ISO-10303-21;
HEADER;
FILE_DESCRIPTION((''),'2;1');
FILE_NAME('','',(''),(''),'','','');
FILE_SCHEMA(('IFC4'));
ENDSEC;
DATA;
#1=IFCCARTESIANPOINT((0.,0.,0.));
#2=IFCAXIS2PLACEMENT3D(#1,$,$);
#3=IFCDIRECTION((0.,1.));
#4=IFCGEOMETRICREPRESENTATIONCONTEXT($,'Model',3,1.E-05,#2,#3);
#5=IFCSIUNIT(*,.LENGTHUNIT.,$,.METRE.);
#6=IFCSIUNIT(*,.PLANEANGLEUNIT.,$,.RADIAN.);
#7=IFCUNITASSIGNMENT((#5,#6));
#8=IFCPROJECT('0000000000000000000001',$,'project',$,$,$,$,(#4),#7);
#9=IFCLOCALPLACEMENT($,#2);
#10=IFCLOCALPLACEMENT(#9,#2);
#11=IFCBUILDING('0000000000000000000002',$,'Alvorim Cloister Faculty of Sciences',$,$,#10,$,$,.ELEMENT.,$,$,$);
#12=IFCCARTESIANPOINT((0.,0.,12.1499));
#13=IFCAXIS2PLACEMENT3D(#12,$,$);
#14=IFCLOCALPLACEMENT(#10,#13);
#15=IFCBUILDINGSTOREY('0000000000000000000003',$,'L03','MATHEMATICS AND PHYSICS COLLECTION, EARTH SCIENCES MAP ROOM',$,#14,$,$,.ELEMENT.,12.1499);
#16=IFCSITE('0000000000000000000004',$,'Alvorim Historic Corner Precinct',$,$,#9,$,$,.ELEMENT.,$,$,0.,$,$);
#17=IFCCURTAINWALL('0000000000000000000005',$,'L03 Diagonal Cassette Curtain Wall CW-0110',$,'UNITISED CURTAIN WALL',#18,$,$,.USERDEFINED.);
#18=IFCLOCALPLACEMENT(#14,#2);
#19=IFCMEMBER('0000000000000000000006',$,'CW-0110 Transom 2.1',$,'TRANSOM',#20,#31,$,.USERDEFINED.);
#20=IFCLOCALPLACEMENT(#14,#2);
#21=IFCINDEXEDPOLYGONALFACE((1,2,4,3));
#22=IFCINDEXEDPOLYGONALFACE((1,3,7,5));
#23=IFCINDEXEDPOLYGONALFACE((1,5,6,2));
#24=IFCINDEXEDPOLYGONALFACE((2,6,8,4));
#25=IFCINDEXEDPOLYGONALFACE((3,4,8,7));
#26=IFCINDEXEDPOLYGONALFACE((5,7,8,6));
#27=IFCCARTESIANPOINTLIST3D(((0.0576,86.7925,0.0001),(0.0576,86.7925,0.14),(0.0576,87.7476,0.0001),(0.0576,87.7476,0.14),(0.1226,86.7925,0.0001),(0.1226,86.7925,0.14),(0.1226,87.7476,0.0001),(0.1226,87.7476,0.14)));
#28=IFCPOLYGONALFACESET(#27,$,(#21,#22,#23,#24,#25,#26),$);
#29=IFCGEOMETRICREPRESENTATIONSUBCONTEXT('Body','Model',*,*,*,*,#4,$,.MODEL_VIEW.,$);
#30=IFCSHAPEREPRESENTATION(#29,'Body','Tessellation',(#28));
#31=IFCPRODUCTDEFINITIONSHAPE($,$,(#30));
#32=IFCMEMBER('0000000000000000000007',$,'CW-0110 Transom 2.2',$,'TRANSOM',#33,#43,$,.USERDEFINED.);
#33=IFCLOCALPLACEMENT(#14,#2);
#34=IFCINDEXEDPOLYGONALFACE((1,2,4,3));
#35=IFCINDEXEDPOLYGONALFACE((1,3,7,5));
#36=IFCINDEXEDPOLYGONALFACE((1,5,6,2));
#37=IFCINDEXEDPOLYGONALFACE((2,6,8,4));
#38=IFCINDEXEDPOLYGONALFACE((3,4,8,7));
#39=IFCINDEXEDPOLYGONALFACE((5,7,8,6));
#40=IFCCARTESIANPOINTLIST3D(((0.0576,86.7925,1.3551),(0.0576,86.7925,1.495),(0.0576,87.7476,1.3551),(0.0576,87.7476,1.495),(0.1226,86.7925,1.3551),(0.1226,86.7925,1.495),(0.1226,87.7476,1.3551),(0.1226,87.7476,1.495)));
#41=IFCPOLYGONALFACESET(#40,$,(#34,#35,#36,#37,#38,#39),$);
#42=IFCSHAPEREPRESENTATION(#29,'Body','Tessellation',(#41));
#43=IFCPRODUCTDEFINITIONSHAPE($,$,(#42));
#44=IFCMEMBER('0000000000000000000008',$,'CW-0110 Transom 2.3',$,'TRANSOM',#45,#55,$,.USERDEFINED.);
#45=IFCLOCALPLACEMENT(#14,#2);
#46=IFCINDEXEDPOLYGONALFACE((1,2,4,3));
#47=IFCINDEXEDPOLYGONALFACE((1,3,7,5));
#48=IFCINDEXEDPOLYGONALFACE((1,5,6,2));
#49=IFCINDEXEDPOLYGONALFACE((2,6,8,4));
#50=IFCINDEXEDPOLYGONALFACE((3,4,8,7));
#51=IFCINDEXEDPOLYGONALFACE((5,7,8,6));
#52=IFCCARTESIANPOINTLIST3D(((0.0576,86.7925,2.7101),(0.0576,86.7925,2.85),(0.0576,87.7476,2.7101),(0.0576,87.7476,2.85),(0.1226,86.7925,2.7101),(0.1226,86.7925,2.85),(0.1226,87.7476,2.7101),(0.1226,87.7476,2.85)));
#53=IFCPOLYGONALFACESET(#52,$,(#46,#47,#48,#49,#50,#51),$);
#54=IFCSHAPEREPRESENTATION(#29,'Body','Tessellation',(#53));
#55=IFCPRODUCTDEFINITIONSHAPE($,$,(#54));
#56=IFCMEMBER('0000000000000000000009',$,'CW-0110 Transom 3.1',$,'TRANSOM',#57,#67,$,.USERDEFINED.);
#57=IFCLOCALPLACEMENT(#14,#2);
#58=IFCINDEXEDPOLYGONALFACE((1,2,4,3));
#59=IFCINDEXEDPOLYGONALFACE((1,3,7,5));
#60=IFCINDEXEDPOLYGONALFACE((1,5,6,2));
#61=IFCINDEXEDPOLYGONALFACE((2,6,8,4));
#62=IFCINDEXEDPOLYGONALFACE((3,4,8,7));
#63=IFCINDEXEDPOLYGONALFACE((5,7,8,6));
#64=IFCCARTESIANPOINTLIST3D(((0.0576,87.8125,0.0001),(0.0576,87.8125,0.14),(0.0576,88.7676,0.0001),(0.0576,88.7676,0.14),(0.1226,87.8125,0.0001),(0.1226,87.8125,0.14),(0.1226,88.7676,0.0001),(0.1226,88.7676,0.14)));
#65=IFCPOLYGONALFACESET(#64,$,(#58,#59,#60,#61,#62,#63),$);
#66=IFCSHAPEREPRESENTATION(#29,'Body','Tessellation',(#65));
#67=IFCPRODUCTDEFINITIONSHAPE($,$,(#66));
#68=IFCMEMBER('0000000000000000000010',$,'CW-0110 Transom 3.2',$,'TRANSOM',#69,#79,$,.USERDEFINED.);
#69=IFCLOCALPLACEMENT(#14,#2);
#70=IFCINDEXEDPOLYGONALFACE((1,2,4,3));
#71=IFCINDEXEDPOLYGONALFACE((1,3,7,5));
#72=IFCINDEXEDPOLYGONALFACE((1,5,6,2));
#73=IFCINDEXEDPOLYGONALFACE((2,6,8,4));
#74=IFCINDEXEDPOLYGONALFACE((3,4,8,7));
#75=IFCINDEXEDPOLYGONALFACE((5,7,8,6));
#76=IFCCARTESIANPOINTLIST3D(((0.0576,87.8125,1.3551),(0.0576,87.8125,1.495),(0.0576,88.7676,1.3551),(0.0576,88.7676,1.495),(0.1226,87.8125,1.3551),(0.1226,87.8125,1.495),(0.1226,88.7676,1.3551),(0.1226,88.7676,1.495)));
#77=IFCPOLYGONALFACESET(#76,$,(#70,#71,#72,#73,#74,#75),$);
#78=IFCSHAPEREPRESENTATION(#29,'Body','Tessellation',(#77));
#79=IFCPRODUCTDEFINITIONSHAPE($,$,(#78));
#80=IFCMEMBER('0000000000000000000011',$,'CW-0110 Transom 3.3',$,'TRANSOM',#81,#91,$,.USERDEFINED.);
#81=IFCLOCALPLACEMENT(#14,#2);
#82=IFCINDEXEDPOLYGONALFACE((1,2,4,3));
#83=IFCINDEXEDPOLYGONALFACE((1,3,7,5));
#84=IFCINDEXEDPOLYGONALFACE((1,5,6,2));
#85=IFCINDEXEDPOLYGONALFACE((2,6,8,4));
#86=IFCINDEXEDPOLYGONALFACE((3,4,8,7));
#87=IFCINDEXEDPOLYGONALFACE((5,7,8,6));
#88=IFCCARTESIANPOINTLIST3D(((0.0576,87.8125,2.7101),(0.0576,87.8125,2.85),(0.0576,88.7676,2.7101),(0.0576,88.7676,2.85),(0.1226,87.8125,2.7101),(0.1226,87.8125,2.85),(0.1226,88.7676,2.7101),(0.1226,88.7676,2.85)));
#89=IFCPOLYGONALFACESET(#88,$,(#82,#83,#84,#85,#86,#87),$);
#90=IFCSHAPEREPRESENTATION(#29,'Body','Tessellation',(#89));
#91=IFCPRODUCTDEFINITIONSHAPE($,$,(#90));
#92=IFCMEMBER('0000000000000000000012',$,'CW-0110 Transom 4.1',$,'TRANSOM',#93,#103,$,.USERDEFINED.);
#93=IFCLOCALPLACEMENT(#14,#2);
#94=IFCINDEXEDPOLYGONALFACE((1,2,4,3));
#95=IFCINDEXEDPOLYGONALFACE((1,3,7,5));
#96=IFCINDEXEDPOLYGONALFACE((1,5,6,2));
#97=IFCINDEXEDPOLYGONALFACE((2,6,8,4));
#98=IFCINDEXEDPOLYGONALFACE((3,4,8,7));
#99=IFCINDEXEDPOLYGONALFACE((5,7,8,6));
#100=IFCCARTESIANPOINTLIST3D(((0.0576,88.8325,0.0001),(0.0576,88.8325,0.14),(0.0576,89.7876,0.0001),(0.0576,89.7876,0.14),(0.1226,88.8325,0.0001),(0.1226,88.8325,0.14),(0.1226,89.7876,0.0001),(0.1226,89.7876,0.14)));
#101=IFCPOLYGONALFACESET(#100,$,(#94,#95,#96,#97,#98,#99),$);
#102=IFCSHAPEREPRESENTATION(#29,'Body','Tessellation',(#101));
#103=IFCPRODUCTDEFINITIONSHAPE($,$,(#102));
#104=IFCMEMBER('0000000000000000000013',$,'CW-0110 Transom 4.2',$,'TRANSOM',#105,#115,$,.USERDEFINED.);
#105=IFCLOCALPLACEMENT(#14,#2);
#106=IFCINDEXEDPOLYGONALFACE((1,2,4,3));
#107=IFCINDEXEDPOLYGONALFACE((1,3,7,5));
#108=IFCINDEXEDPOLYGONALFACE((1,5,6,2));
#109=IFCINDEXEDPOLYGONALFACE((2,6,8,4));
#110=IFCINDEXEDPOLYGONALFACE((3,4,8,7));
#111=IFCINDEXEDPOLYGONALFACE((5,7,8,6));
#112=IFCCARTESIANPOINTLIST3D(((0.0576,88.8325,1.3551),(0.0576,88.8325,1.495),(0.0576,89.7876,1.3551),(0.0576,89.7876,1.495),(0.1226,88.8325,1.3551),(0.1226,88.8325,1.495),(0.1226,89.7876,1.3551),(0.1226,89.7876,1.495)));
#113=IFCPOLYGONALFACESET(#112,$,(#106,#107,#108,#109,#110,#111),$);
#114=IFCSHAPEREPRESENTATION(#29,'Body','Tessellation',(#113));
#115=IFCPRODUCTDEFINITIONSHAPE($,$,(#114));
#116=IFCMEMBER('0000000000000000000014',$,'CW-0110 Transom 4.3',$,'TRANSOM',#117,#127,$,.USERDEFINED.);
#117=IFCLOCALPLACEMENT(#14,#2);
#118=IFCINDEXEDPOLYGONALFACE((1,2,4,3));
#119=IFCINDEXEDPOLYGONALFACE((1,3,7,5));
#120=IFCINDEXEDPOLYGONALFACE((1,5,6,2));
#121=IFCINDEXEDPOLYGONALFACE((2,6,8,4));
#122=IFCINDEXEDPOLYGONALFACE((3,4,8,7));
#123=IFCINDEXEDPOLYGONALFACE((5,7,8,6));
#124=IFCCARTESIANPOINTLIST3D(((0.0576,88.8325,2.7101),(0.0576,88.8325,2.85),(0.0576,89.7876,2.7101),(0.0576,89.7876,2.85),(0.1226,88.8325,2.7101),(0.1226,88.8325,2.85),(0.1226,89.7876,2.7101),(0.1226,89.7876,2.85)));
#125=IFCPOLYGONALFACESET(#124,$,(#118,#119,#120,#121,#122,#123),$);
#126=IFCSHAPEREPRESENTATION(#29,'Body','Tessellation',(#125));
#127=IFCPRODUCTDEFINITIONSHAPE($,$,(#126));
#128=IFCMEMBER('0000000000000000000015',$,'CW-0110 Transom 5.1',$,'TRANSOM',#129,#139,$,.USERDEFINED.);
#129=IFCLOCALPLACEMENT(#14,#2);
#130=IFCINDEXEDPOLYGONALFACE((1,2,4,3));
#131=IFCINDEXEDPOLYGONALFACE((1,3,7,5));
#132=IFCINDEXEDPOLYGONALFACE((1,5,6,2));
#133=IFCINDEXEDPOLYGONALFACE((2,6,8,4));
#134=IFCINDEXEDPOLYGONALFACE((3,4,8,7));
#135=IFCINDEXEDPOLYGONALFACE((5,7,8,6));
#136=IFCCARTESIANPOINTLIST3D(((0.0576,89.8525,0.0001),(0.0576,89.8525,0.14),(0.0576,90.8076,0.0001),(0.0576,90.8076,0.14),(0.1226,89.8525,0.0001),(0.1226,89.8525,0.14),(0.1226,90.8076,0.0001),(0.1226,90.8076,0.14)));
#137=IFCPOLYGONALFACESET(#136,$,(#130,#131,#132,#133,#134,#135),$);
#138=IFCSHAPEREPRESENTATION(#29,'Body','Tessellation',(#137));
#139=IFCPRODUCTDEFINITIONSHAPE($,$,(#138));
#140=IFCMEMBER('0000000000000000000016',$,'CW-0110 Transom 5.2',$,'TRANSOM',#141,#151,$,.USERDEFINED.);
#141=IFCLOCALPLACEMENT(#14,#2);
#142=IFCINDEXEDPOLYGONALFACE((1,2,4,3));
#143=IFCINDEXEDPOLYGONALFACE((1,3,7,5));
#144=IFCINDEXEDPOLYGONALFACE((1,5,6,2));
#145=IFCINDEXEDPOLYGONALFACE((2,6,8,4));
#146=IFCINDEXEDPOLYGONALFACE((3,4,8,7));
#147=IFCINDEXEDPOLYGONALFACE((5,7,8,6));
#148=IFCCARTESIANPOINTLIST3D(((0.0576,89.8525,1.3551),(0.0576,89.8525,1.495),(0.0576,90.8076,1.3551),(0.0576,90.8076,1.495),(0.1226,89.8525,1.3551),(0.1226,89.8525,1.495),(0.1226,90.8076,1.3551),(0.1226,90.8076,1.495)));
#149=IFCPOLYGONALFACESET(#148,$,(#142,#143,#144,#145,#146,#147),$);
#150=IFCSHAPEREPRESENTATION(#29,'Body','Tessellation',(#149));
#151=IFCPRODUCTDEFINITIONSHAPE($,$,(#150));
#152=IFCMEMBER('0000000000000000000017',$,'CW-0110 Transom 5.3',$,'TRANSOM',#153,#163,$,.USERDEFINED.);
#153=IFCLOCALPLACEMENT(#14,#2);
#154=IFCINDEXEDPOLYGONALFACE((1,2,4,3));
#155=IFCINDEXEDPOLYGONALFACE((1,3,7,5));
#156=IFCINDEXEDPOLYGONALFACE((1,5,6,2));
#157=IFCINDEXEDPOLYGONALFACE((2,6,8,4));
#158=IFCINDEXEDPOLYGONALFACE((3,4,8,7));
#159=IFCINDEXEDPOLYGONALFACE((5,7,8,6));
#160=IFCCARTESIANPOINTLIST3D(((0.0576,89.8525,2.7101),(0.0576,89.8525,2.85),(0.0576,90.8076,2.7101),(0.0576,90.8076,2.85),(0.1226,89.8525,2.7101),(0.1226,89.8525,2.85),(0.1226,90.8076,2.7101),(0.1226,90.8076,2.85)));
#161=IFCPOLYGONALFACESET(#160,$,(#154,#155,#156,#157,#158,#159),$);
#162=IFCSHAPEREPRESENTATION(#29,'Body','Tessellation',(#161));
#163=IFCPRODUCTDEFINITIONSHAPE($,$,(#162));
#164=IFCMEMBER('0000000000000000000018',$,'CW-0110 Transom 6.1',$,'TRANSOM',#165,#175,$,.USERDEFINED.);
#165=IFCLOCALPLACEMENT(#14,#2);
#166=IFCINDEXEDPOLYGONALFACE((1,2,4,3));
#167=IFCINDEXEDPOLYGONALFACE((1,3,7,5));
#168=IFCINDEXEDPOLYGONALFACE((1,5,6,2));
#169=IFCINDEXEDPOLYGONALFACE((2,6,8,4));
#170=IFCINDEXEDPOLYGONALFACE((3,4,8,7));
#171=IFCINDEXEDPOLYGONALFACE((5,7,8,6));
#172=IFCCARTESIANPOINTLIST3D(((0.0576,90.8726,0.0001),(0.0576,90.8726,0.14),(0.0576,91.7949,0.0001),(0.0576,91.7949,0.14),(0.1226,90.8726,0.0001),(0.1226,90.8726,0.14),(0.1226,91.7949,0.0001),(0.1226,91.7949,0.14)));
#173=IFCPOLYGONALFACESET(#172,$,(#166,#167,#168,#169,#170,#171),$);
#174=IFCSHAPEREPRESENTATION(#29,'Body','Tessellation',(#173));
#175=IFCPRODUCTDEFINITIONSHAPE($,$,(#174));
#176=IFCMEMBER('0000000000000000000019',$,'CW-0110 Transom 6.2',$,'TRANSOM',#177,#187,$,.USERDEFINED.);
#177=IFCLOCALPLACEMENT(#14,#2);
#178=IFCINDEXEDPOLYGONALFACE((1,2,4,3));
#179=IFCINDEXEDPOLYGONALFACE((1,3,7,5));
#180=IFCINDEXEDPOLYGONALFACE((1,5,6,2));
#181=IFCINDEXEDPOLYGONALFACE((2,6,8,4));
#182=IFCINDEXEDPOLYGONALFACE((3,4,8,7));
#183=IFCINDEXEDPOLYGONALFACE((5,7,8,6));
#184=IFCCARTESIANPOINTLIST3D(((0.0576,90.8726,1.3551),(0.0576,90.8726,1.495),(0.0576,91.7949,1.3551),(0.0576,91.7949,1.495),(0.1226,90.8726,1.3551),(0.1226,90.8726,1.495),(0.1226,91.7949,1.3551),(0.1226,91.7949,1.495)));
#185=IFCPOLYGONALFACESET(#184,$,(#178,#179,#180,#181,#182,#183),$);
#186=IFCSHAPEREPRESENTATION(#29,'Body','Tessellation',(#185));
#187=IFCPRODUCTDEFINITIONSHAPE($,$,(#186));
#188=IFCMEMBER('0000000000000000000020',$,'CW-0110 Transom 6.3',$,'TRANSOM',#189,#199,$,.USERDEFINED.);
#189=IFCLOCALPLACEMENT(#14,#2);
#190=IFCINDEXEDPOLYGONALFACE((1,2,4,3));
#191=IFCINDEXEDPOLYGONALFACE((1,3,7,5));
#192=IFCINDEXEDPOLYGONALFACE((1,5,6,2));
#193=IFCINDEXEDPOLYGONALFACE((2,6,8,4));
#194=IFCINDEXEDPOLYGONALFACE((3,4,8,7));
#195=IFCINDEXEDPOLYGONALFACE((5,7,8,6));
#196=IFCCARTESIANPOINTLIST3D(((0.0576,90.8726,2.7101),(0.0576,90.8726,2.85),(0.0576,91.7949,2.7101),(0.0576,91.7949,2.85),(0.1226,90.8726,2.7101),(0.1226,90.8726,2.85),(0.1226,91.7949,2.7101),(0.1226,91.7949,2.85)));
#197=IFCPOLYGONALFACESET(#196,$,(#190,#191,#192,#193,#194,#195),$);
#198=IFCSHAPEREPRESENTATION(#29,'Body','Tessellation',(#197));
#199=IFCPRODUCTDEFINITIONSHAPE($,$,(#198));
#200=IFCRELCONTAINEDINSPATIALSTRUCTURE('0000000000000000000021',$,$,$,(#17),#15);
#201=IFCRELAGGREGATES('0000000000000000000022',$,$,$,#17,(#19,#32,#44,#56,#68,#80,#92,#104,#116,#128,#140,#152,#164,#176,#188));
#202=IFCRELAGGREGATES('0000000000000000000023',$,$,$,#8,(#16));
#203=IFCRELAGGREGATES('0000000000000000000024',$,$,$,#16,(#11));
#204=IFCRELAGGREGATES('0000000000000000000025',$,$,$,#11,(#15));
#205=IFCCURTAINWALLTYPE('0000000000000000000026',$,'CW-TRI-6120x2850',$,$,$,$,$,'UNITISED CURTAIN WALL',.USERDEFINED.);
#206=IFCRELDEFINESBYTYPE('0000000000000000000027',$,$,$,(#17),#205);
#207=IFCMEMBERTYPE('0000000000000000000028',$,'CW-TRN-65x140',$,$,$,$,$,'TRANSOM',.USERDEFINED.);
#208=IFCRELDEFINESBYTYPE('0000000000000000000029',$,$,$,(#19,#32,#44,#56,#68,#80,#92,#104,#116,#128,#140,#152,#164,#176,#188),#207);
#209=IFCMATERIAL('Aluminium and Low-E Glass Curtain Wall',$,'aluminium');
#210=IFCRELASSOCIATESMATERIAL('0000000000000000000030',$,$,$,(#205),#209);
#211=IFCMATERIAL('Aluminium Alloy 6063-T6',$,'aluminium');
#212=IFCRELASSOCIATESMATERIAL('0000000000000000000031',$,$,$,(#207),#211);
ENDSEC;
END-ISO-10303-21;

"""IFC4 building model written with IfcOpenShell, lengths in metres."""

from ifc_helpers import new_model, si_unit, direction, frame, origin, origin_2d, place, context, subcontext, project, spatial, rectangle, extrude, material, material_profile, profile_set, type_object, element, aggregate, save


model = new_model("IFC4")

# Units and contexts
model_context = context("Model", 3, precision=1e-05, world=origin(), true_north=direction((0.0, 1.0)))
body_context = subcontext(model_context, "Body", "Model", "MODEL_VIEW")
ifc_project = project(units=[si_unit("LENGTHUNIT", "METRE"), si_unit("PLANEANGLEUNIT", "RADIAN")], contexts=[model_context])

# Site, building, storey
site_placement = place(None, origin())
site = spatial("IfcSite", under=ifc_project, at=site_placement, Name="Alvorim Historic Corner Precinct", CompositionType="ELEMENT", RefElevation=0.0)
building_placement = place(site_placement, origin())
building = spatial("IfcBuilding", under=site, at=building_placement, Name="Alvorim Cloister Faculty of Sciences", CompositionType="ELEMENT")
storey_placement = place(building_placement, frame((0.0, 0.0, 12.1499)))
storey = spatial("IfcBuildingStorey", under=building, at=storey_placement, Name="L03", Description="MATHEMATICS AND PHYSICS COLLECTION, EARTH SCIENCES MAP ROOM", CompositionType="ELEMENT", Elevation=12.1499)

# Curtain wall, members
ifc_material_1 = material(Name="Aluminium and Low-E Glass Curtain Wall", Category="aluminium")
curtain_wall_type = type_object("IfcCurtainWallType", Name="CW-TRI-6120x2850", ElementType="UNITISED CURTAIN WALL", PredefinedType="USERDEFINED", material=ifc_material_1)
curtain_wall_placement = place(storey_placement, origin())
curtain_wall = element("IfcCurtainWall", 1, at=curtain_wall_placement, inside=storey, type_object=curtain_wall_type, Name="L03 Diagonal Cassette Curtain Wall CW-0110", ObjectType="UNITISED CURTAIN WALL", PredefinedType="USERDEFINED")
ifc_material_2 = material(Name="Aluminium Alloy 6063-T6", Category="aluminium")
ifc_material_profile_1 = material_profile(ifc_material_2, rectangle(XDim=0.0649, YDim=0.1399, at=origin_2d()), Name="ALU-TRN-65x140")
ifc_profile_set_1 = profile_set([ifc_material_profile_1], Name="Aluminium Alloy 6063-T6")
member_type_1 = type_object("IfcMemberType", Name="CW-TRN-65x140", ElementType="TRANSOM", PredefinedType="USERDEFINED", material=ifc_profile_set_1)
member_1_placement = place(storey_placement, frame((0.0901, 86.7925, 0.0701), z_axis=(0.0, 1.0, 0.0), x_axis=(-1.0, 0.0, 0.0)))
member_1 = element("IfcMember", 2, at=member_1_placement, type_object=member_type_1, Name="CW-0110 Transom 2.1", ObjectType="TRANSOM", PredefinedType="USERDEFINED", context=body_context, shape_type="SweptSolid", body=[
    extrude(rectangle(XDim=0.0649, YDim=0.1399, at=origin_2d()), origin(), (0.0, 0.0, 1.0), 0.9551),
])
member_2_placement = place(storey_placement, frame((0.0901, 86.7925, 1.425), z_axis=(0.0, 1.0, 0.0), x_axis=(-1.0, 0.0, 0.0)))
member_2 = element("IfcMember", 3, at=member_2_placement, type_object=member_type_1, Name="CW-0110 Transom 2.2", ObjectType="TRANSOM", PredefinedType="USERDEFINED", context=body_context, shape_type="SweptSolid", body=[
    extrude(rectangle(XDim=0.0649, YDim=0.1399, at=origin_2d()), origin(), (0.0, 0.0, 1.0), 0.9551),
])
member_3_placement = place(storey_placement, frame((0.0901, 86.7925, 2.78), z_axis=(0.0, 1.0, 0.0), x_axis=(-1.0, 0.0, 0.0)))
member_3 = element("IfcMember", 4, at=member_3_placement, type_object=member_type_1, Name="CW-0110 Transom 2.3", ObjectType="TRANSOM", PredefinedType="USERDEFINED", context=body_context, shape_type="SweptSolid", body=[
    extrude(rectangle(XDim=0.0649, YDim=0.1399, at=origin_2d()), origin(), (0.0, 0.0, 1.0), 0.9551),
])
member_4_placement = place(storey_placement, frame((0.0901, 87.8125, 0.0701), z_axis=(0.0, 1.0, 0.0), x_axis=(-1.0, 0.0, 0.0)))
member_4 = element("IfcMember", 5, at=member_4_placement, type_object=member_type_1, Name="CW-0110 Transom 3.1", ObjectType="TRANSOM", PredefinedType="USERDEFINED", context=body_context, shape_type="SweptSolid", body=[
    extrude(rectangle(XDim=0.0649, YDim=0.1399, at=origin_2d()), origin(), (0.0, 0.0, 1.0), 0.9551),
])
member_5_placement = place(storey_placement, frame((0.0901, 87.8125, 1.425), z_axis=(0.0, 1.0, 0.0), x_axis=(-1.0, 0.0, 0.0)))
member_5 = element("IfcMember", 6, at=member_5_placement, type_object=member_type_1, Name="CW-0110 Transom 3.2", ObjectType="TRANSOM", PredefinedType="USERDEFINED", context=body_context, shape_type="SweptSolid", body=[
    extrude(rectangle(XDim=0.0649, YDim=0.1399, at=origin_2d()), origin(), (0.0, 0.0, 1.0), 0.9551),
])
member_6_placement = place(storey_placement, frame((0.0901, 87.8125, 2.78), z_axis=(0.0, 1.0, 0.0), x_axis=(-1.0, 0.0, 0.0)))
member_6 = element("IfcMember", 7, at=member_6_placement, type_object=member_type_1, Name="CW-0110 Transom 3.3", ObjectType="TRANSOM", PredefinedType="USERDEFINED", context=body_context, shape_type="SweptSolid", body=[
    extrude(rectangle(XDim=0.0649, YDim=0.1399, at=origin_2d()), origin(), (0.0, 0.0, 1.0), 0.9551),
])
member_7_placement = place(storey_placement, frame((0.0901, 88.8325, 0.0701), z_axis=(0.0, 1.0, 0.0), x_axis=(-1.0, 0.0, 0.0)))
member_7 = element("IfcMember", 8, at=member_7_placement, type_object=member_type_1, Name="CW-0110 Transom 4.1", ObjectType="TRANSOM", PredefinedType="USERDEFINED", context=body_context, shape_type="SweptSolid", body=[
    extrude(rectangle(XDim=0.0649, YDim=0.1399, at=origin_2d()), origin(), (0.0, 0.0, 1.0), 0.9551),
])
member_8_placement = place(storey_placement, frame((0.0901, 88.8325, 1.425), z_axis=(0.0, 1.0, 0.0), x_axis=(-1.0, 0.0, 0.0)))
member_8 = element("IfcMember", 9, at=member_8_placement, type_object=member_type_1, Name="CW-0110 Transom 4.2", ObjectType="TRANSOM", PredefinedType="USERDEFINED", context=body_context, shape_type="SweptSolid", body=[
    extrude(rectangle(XDim=0.0649, YDim=0.1399, at=origin_2d()), origin(), (0.0, 0.0, 1.0), 0.9551),
])
member_9_placement = place(storey_placement, frame((0.0901, 88.8325, 2.78), z_axis=(0.0, 1.0, 0.0), x_axis=(-1.0, 0.0, 0.0)))
member_9 = element("IfcMember", 10, at=member_9_placement, type_object=member_type_1, Name="CW-0110 Transom 4.3", ObjectType="TRANSOM", PredefinedType="USERDEFINED", context=body_context, shape_type="SweptSolid", body=[
    extrude(rectangle(XDim=0.0649, YDim=0.1399, at=origin_2d()), origin(), (0.0, 0.0, 1.0), 0.9551),
])
member_10_placement = place(storey_placement, frame((0.0901, 89.8525, 0.0701), z_axis=(0.0, 1.0, 0.0), x_axis=(-1.0, 0.0, 0.0)))
member_10 = element("IfcMember", 11, at=member_10_placement, type_object=member_type_1, Name="CW-0110 Transom 5.1", ObjectType="TRANSOM", PredefinedType="USERDEFINED", context=body_context, shape_type="SweptSolid", body=[
    extrude(rectangle(XDim=0.0649, YDim=0.1399, at=origin_2d()), origin(), (0.0, 0.0, 1.0), 0.9551),
])
member_11_placement = place(storey_placement, frame((0.0901, 89.8525, 1.425), z_axis=(0.0, 1.0, 0.0), x_axis=(-1.0, 0.0, 0.0)))
member_11 = element("IfcMember", 12, at=member_11_placement, type_object=member_type_1, Name="CW-0110 Transom 5.2", ObjectType="TRANSOM", PredefinedType="USERDEFINED", context=body_context, shape_type="SweptSolid", body=[
    extrude(rectangle(XDim=0.0649, YDim=0.1399, at=origin_2d()), origin(), (0.0, 0.0, 1.0), 0.9551),
])
member_12_placement = place(storey_placement, frame((0.0901, 89.8525, 2.78), z_axis=(0.0, 1.0, 0.0), x_axis=(-1.0, 0.0, 0.0)))
member_12 = element("IfcMember", 13, at=member_12_placement, type_object=member_type_1, Name="CW-0110 Transom 5.3", ObjectType="TRANSOM", PredefinedType="USERDEFINED", context=body_context, shape_type="SweptSolid", body=[
    extrude(rectangle(XDim=0.0649, YDim=0.1399, at=origin_2d()), origin(), (0.0, 0.0, 1.0), 0.9551),
])
member_13_placement = place(storey_placement, frame((0.0901, 90.8726, 0.0701), z_axis=(0.0, 1.0, 0.0), x_axis=(-1.0, 0.0, 0.0)))
member_13 = element("IfcMember", 14, at=member_13_placement, type_object=member_type_1, Name="CW-0110 Transom 6.1", ObjectType="TRANSOM", PredefinedType="USERDEFINED", context=body_context, shape_type="SweptSolid", body=[
    extrude(rectangle(XDim=0.0649, YDim=0.1399, at=origin_2d()), origin(), (0.0, 0.0, 1.0), 0.9224),
])
member_14_placement = place(storey_placement, frame((0.0901, 90.8726, 1.425), z_axis=(0.0, 1.0, 0.0), x_axis=(-1.0, 0.0, 0.0)))
member_14 = element("IfcMember", 15, at=member_14_placement, type_object=member_type_1, Name="CW-0110 Transom 6.2", ObjectType="TRANSOM", PredefinedType="USERDEFINED", context=body_context, shape_type="SweptSolid", body=[
    extrude(rectangle(XDim=0.0649, YDim=0.1399, at=origin_2d()), origin(), (0.0, 0.0, 1.0), 0.9224),
])
member_15_placement = place(storey_placement, frame((0.0901, 90.8726, 2.78), z_axis=(0.0, 1.0, 0.0), x_axis=(-1.0, 0.0, 0.0)))
member_15 = element("IfcMember", 16, at=member_15_placement, type_object=member_type_1, Name="CW-0110 Transom 6.3", ObjectType="TRANSOM", PredefinedType="USERDEFINED", context=body_context, shape_type="SweptSolid", body=[
    extrude(rectangle(XDim=0.0649, YDim=0.1399, at=origin_2d()), origin(), (0.0, 0.0, 1.0), 0.9224),
])
aggregate(curtain_wall, [member_1, member_2, member_3, member_4, member_5, member_6, member_7, member_8, member_9, member_10, member_11, member_12, member_13, member_14, member_15])

save(model, "model.ifc")
